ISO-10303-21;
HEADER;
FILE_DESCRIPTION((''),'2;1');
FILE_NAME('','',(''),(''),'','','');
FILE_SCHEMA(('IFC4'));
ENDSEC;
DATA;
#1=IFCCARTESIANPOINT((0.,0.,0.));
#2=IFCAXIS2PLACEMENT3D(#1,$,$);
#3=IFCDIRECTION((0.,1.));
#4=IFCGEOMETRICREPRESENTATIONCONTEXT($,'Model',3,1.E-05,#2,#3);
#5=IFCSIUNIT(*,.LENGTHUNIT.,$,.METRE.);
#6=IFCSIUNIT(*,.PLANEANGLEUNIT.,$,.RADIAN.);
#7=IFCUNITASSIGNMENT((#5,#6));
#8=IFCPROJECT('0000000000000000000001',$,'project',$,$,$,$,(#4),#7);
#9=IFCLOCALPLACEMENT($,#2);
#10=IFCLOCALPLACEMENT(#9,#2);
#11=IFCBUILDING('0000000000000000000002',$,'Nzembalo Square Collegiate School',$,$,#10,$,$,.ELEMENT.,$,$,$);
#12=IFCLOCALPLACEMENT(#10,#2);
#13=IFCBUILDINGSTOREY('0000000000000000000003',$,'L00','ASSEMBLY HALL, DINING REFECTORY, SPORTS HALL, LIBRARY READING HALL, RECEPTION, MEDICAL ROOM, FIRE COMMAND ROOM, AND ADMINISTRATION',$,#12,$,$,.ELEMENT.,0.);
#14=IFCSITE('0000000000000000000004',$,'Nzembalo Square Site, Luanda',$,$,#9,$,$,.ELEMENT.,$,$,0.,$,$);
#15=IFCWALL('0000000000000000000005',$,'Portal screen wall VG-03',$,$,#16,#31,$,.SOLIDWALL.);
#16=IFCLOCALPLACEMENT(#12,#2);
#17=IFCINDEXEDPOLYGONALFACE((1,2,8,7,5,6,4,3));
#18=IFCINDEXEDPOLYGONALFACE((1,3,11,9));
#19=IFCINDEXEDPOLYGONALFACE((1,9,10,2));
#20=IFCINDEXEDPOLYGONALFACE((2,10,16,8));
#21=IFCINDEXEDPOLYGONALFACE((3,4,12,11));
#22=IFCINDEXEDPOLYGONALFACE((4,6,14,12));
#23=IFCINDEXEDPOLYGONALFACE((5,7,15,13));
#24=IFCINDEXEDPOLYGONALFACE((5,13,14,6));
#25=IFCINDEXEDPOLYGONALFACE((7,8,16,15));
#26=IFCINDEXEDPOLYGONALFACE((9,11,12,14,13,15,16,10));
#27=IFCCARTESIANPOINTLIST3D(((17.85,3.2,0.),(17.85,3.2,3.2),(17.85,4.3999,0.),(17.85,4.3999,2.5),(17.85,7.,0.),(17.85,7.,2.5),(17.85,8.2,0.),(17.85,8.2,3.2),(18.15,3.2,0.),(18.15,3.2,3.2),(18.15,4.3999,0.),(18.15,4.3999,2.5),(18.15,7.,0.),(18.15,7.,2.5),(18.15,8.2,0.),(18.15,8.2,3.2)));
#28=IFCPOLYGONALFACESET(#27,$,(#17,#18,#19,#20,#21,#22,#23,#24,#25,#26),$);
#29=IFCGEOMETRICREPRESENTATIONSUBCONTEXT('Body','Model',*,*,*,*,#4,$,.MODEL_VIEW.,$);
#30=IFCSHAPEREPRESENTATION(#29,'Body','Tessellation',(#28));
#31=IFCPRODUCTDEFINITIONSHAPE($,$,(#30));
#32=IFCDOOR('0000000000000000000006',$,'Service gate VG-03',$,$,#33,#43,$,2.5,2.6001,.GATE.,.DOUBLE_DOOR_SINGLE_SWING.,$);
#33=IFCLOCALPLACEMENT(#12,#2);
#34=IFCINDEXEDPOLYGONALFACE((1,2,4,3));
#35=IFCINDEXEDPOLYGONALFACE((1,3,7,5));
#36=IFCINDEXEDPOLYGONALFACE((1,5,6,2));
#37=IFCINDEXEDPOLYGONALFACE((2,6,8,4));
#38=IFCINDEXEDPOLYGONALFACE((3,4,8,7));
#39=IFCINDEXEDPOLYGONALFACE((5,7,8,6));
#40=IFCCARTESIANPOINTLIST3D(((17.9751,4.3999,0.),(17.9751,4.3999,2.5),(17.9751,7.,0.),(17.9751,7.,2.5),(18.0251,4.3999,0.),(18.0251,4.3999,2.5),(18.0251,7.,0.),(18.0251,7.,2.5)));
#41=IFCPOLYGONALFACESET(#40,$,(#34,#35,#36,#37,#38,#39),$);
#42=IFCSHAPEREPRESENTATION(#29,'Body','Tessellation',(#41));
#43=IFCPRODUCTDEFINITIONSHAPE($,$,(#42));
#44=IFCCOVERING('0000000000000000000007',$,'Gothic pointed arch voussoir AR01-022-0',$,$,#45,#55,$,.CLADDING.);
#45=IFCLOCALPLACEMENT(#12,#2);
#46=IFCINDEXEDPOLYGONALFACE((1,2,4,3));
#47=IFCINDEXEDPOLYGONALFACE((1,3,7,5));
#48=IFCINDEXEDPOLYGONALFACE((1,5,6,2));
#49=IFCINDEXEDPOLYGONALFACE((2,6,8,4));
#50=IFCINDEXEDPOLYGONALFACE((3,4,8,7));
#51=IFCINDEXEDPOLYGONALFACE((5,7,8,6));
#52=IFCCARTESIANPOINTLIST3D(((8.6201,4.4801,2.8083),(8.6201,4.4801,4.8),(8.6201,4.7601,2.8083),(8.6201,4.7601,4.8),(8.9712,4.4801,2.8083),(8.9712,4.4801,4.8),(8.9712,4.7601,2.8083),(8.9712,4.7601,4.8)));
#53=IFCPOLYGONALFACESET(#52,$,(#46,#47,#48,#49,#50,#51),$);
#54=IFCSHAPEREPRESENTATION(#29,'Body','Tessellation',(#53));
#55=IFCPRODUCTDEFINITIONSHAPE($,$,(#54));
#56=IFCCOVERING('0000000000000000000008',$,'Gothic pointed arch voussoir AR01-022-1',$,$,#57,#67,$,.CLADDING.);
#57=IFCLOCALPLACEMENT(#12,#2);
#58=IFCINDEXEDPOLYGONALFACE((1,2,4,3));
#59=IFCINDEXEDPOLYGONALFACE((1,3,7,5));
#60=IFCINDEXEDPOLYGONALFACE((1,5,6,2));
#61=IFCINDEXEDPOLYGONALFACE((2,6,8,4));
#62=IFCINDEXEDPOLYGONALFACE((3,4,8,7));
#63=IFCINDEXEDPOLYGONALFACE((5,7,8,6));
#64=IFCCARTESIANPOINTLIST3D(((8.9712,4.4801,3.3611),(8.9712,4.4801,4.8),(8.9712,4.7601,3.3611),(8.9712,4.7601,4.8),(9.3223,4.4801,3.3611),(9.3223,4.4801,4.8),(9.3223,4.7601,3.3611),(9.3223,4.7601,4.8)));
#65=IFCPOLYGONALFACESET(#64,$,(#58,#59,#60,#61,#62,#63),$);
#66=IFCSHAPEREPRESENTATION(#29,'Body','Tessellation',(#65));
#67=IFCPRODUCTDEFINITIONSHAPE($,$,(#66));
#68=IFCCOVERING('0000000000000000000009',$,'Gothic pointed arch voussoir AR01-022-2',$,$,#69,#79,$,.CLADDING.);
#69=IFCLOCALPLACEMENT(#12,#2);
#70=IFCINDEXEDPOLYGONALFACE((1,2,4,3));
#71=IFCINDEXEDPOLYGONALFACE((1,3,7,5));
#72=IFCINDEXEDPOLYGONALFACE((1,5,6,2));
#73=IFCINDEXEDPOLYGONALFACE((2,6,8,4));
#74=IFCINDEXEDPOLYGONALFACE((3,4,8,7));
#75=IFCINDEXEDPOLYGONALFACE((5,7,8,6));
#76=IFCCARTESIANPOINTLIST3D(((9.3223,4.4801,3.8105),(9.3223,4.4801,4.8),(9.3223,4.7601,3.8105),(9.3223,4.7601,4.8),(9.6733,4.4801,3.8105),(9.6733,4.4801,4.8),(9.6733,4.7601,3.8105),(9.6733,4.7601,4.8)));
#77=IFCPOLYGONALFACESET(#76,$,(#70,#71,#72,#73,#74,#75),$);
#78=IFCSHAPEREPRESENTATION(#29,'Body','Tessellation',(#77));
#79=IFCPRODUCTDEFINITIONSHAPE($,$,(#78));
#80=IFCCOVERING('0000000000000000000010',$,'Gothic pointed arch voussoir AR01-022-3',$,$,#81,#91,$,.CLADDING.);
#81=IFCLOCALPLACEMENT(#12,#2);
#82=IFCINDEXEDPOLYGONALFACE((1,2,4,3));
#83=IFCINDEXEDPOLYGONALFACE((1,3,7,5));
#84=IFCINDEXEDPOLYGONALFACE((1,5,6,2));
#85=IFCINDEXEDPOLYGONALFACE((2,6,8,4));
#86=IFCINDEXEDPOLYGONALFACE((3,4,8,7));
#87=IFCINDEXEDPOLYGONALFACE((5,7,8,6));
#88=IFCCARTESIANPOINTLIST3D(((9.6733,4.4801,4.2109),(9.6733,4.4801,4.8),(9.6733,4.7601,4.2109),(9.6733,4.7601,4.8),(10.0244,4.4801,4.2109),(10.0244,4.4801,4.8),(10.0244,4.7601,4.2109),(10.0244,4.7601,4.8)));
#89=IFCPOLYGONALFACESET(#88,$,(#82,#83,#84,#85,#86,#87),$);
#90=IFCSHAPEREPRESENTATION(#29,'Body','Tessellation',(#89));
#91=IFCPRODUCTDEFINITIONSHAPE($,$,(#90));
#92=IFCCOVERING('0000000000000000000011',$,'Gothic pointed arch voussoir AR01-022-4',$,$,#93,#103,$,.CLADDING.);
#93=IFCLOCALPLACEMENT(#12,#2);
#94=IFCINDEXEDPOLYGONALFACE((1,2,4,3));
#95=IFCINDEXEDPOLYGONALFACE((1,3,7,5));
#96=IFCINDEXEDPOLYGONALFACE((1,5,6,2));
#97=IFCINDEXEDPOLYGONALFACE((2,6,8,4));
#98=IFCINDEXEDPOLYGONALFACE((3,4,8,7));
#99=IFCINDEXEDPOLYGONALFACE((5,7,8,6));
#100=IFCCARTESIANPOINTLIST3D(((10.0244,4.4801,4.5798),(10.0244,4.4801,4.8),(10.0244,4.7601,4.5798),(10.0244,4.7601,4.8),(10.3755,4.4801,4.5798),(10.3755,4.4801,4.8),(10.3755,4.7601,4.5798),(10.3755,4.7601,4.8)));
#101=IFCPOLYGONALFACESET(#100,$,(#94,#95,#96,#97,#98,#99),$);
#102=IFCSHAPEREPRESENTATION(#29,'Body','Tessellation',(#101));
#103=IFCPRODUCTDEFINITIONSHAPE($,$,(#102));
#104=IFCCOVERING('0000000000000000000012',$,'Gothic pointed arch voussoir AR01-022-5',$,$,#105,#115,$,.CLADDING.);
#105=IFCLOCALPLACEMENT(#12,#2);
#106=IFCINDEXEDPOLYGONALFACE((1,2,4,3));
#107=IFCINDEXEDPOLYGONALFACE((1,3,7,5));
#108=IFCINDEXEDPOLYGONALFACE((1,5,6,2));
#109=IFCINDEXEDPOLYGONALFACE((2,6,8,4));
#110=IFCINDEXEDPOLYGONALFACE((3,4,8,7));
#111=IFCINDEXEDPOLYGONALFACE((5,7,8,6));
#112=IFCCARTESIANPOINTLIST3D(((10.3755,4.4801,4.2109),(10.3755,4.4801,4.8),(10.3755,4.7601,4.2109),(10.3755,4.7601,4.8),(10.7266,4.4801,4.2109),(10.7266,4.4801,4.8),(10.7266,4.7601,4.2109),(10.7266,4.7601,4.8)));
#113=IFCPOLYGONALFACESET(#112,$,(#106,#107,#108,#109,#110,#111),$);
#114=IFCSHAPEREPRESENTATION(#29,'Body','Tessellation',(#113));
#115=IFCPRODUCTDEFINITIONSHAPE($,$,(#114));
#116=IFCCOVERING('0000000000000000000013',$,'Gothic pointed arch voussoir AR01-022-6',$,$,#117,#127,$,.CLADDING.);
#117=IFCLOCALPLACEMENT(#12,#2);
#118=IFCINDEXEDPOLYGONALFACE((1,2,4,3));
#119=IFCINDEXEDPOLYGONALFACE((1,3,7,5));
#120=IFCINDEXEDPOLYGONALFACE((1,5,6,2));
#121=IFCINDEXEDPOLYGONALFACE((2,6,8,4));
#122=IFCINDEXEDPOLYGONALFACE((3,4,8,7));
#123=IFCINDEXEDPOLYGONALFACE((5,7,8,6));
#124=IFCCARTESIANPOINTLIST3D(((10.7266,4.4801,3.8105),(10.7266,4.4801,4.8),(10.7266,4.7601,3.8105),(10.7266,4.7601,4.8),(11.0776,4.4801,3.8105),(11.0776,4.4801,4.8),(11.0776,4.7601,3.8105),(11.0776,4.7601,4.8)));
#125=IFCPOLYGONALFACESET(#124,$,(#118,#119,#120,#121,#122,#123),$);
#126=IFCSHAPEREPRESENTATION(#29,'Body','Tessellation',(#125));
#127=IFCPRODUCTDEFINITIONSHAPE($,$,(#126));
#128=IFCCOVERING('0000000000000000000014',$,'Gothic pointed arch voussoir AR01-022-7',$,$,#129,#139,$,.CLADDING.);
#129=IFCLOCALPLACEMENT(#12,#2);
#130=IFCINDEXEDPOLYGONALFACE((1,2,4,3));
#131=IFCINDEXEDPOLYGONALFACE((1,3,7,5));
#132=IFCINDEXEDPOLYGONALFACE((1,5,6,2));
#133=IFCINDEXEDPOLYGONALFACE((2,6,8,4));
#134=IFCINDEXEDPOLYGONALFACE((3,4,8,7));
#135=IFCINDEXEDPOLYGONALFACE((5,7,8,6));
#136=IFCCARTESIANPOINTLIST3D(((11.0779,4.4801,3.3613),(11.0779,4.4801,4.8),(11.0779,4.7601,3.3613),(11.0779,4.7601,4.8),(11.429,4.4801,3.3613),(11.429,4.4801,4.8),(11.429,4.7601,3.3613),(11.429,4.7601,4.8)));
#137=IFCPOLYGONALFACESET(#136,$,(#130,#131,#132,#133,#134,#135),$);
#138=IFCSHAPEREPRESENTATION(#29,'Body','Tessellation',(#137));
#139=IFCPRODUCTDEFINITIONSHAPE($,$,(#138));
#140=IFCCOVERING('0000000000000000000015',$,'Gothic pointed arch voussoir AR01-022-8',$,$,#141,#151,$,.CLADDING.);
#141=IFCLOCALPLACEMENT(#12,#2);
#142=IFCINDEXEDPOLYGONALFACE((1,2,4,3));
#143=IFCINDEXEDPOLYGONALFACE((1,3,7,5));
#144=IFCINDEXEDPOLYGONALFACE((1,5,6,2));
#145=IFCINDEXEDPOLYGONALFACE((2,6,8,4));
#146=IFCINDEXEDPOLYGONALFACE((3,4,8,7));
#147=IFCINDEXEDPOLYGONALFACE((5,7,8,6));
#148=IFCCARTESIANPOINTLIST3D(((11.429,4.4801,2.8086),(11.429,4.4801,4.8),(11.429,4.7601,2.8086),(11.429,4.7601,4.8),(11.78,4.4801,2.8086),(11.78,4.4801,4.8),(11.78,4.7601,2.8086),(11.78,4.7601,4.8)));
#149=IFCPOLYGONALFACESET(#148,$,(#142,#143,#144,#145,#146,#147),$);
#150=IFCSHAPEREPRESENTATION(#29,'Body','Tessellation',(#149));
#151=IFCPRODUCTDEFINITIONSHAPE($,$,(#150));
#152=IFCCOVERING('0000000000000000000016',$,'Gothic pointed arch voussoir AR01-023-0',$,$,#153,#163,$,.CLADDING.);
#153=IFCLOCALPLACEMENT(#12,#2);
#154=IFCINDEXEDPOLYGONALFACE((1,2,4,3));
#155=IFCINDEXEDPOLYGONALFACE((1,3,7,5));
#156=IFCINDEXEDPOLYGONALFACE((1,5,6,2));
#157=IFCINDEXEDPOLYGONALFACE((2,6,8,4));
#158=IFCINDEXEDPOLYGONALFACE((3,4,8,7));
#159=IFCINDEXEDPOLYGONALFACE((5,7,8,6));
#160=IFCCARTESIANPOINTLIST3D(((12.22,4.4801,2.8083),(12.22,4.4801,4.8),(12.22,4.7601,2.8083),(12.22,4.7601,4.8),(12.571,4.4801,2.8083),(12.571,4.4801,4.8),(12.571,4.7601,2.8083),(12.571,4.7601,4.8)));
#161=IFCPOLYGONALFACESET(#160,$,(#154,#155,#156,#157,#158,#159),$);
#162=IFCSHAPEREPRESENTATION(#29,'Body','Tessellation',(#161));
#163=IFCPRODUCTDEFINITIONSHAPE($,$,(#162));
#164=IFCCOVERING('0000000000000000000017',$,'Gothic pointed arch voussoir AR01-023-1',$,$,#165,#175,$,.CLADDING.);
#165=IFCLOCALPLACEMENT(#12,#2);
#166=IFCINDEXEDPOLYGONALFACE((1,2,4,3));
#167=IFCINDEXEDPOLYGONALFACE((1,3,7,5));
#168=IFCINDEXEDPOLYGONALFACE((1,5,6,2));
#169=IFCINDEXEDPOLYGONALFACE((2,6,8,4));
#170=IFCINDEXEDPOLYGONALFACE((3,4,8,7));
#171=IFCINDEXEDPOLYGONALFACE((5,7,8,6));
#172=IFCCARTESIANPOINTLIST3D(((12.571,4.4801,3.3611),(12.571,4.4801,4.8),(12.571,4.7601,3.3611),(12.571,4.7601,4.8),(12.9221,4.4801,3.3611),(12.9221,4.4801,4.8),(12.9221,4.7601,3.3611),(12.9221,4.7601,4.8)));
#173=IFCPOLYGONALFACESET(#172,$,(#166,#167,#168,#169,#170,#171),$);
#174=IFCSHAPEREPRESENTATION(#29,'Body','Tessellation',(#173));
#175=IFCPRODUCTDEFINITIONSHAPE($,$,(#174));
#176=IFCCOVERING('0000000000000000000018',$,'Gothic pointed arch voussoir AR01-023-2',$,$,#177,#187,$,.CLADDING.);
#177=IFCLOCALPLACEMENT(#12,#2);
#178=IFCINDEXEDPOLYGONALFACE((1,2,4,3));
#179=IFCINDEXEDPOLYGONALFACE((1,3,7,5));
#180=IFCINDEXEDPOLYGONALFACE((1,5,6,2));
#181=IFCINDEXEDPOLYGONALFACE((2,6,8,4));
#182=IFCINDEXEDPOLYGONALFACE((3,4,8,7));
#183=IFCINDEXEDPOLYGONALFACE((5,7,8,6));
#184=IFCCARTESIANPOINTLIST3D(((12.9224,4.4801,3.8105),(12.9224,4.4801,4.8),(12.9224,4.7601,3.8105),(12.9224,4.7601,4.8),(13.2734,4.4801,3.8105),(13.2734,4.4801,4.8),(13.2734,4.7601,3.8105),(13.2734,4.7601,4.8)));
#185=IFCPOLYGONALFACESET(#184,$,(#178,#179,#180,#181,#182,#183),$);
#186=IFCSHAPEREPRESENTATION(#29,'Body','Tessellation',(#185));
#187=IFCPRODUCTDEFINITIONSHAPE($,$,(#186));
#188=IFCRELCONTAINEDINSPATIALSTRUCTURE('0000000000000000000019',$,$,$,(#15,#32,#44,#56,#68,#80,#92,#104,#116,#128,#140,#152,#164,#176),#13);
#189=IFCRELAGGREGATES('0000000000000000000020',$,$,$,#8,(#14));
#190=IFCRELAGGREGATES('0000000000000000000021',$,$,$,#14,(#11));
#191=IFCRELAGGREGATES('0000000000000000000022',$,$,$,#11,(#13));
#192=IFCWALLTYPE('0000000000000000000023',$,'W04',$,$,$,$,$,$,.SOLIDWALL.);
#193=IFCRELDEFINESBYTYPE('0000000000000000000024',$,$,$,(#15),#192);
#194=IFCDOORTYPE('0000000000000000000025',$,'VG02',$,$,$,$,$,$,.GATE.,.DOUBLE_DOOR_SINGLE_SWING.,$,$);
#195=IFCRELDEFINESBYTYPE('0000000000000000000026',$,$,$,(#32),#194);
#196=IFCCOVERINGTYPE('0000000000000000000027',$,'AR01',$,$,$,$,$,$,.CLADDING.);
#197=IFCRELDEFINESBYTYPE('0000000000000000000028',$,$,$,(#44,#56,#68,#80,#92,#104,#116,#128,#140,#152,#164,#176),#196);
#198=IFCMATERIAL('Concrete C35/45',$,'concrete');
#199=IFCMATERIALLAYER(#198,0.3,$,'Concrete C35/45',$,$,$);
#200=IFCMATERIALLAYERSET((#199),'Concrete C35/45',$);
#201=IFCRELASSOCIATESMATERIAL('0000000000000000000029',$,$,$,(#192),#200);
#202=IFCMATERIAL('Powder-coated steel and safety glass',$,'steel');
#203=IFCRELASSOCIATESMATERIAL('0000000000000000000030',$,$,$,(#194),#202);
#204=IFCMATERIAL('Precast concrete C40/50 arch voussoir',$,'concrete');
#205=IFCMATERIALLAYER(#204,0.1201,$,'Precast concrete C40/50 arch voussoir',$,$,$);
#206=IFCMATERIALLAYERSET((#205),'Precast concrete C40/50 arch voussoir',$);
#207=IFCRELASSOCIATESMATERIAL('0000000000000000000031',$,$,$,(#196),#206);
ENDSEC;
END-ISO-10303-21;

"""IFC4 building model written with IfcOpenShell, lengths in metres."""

from ifc_helpers import new_model, si_unit, direction, frame, frame_2d, origin, origin_2d, place, context, subcontext, project, spatial, rectangle, extrude, material, layer, layer_set, type_object, element, fill, save


model = new_model("IFC4")

# Units and contexts
model_context = context("Model", 3, precision=1e-05, world=origin(), true_north=direction((0.0, 1.0)))
body_context = subcontext(model_context, "Body", "Model", "MODEL_VIEW")
ifc_project = project(units=[si_unit("LENGTHUNIT", "METRE"), si_unit("PLANEANGLEUNIT", "RADIAN")], contexts=[model_context])

# Site, building, storey
site_placement = place(None, origin())
site = spatial("IfcSite", under=ifc_project, at=site_placement, Name="Nzembalo Square Site, Luanda", CompositionType="ELEMENT", RefElevation=0.0)
building_placement = place(site_placement, origin())
building = spatial("IfcBuilding", under=site, at=building_placement, Name="Nzembalo Square Collegiate School", CompositionType="ELEMENT")
storey_placement = place(building_placement, origin())
storey = spatial("IfcBuildingStorey", under=building, at=storey_placement, Name="L00", Description="ASSEMBLY HALL, DINING REFECTORY, SPORTS HALL, LIBRARY READING HALL, RECEPTION, MEDICAL ROOM, FIRE COMMAND ROOM, AND ADMINISTRATION", CompositionType="ELEMENT", Elevation=0.0)

# Wall, opening, door
ifc_material_1 = material(Name="Concrete C35/45", Category="concrete")
ifc_layer_1 = layer(ifc_material_1, 0.3, Name="Concrete C35/45")
ifc_layer_set_1 = layer_set([ifc_layer_1], Name="Concrete C35/45")
wall_type = type_object("IfcWallType", Name="W04", PredefinedType="SOLIDWALL", material=ifc_layer_set_1)
wall_placement = place(storey_placement, frame((18.0, 3.2, 0.0), z_axis=(0.0, 0.0, 1.0), x_axis=(0.0, 1.0, 0.0)))
wall = element("IfcWall", 1, at=wall_placement, inside=storey, type_object=wall_type, Name="Portal screen wall VG-03", PredefinedType="SOLIDWALL", context=body_context, shape_type="SweptSolid", body=[
    extrude(rectangle(XDim=5.0, YDim=0.3, at=frame_2d((2.5, 0.0))), origin(), (0.0, 0.0, 1.0), 3.2),
])
opening_placement = place(wall_placement, frame((1.2, 0.0, 0.0)))
opening = element("IfcOpeningElement", 2, at=opening_placement, cuts=wall, PredefinedType="OPENING", context=body_context, shape_type="SweptSolid", body=[
    extrude(rectangle(XDim=2.6001, YDim=2.5, at=frame_2d((1.3, 1.25))), frame((0.0, 0.1602, 0.0), z_axis=(0.0, -1.0, 0.0), x_axis=(1.0, 0.0, 0.0)), (0.0, 0.0, 1.0), 0.3201),
])
ifc_material_2 = material(Name="Powder-coated steel and safety glass", Category="steel")
door_type = type_object("IfcDoorType", Name="VG02", OperationType="DOUBLE_DOOR_SINGLE_SWING", PredefinedType="GATE", material=ifc_material_2)
door_placement = place(opening_placement, origin())
door = element("IfcDoor", 3, at=door_placement, inside=storey, type_object=door_type, Name="Service gate VG-03", OperationType="DOUBLE_DOOR_SINGLE_SWING", OverallHeight=2.5, OverallWidth=2.6001, PredefinedType="GATE", context=body_context, shape_type="SweptSolid", body=[
    extrude(rectangle(XDim=2.6001, YDim=2.5, at=frame_2d((1.3, 1.25))), frame((0.0, 0.0249, 0.0), z_axis=(0.0, -1.0, 0.0), x_axis=(1.0, 0.0, 0.0)), (0.0, 0.0, 1.0), 0.05),
])
fill(opening, door)

# Coverings
ifc_material_3 = material(Name="Precast concrete C40/50 arch voussoir", Category="concrete")
ifc_layer_2 = layer(ifc_material_3, 0.1201, Name="Precast concrete C40/50 arch voussoir")
ifc_layer_set_2 = layer_set([ifc_layer_2], Name="Precast concrete C40/50 arch voussoir")
covering_type = type_object("IfcCoveringType", Name="AR01", PredefinedType="CLADDING", material=ifc_layer_set_2)
covering_1_placement = place(storey_placement, frame((8.7957, 4.6201, 2.8083), z_axis=(0.0, 0.0, 1.0), x_axis=(1.0, 0.0, 0.0)))
element("IfcCovering", 4, at=covering_1_placement, inside=storey, type_object=covering_type, Name="Gothic pointed arch voussoir AR01-022-0", PredefinedType="CLADDING", context=body_context, shape_type="SweptSolid", body=[
    extrude(rectangle(XDim=0.3511, YDim=0.28, at=origin_2d()), origin(), (0.0, 0.0, 1.0), 1.9917),
])
covering_2_placement = place(storey_placement, frame((9.1467, 4.6201, 3.3611), z_axis=(0.0, 0.0, 1.0), x_axis=(1.0, 0.0, 0.0)))
element("IfcCovering", 5, at=covering_2_placement, inside=storey, type_object=covering_type, Name="Gothic pointed arch voussoir AR01-022-1", PredefinedType="CLADDING", context=body_context, shape_type="SweptSolid", body=[
    extrude(rectangle(XDim=0.3511, YDim=0.28, at=origin_2d()), origin(), (0.0, 0.0, 1.0), 1.439),
])
covering_3_placement = place(storey_placement, frame((9.4978, 4.6201, 3.8105), z_axis=(0.0, 0.0, 1.0), x_axis=(1.0, 0.0, 0.0)))
element("IfcCovering", 6, at=covering_3_placement, inside=storey, type_object=covering_type, Name="Gothic pointed arch voussoir AR01-022-2", PredefinedType="CLADDING", context=body_context, shape_type="SweptSolid", body=[
    extrude(rectangle(XDim=0.3511, YDim=0.28, at=origin_2d()), origin(), (0.0, 0.0, 1.0), 0.9895),
])
covering_4_placement = place(storey_placement, frame((9.8489, 4.6201, 4.2109), z_axis=(0.0, 0.0, 1.0), x_axis=(1.0, 0.0, 0.0)))
element("IfcCovering", 7, at=covering_4_placement, inside=storey, type_object=covering_type, Name="Gothic pointed arch voussoir AR01-022-3", PredefinedType="CLADDING", context=body_context, shape_type="SweptSolid", body=[
    extrude(rectangle(XDim=0.3511, YDim=0.28, at=origin_2d()), origin(), (0.0, 0.0, 1.0), 0.5891),
])
covering_5_placement = place(storey_placement, frame((10.2, 4.6201, 4.5798), z_axis=(0.0, 0.0, 1.0), x_axis=(1.0, 0.0, 0.0)))
element("IfcCovering", 8, at=covering_5_placement, inside=storey, type_object=covering_type, Name="Gothic pointed arch voussoir AR01-022-4", PredefinedType="CLADDING", context=body_context, shape_type="SweptSolid", body=[
    extrude(rectangle(XDim=0.3511, YDim=0.28, at=origin_2d()), origin(), (0.0, 0.0, 1.0), 0.2202),
])
covering_6_placement = place(storey_placement, frame((10.551, 4.6201, 4.2109), z_axis=(0.0, 0.0, 1.0), x_axis=(1.0, 0.0, 0.0)))
element("IfcCovering", 9, at=covering_6_placement, inside=storey, type_object=covering_type, Name="Gothic pointed arch voussoir AR01-022-5", PredefinedType="CLADDING", context=body_context, shape_type="SweptSolid", body=[
    extrude(rectangle(XDim=0.3511, YDim=0.28, at=origin_2d()), origin(), (0.0, 0.0, 1.0), 0.5891),
])
covering_7_placement = place(storey_placement, frame((10.9021, 4.6201, 3.8105), z_axis=(0.0, 0.0, 1.0), x_axis=(1.0, 0.0, 0.0)))
element("IfcCovering", 10, at=covering_7_placement, inside=storey, type_object=covering_type, Name="Gothic pointed arch voussoir AR01-022-6", PredefinedType="CLADDING", context=body_context, shape_type="SweptSolid", body=[
    extrude(rectangle(XDim=0.3511, YDim=0.28, at=origin_2d()), origin(), (0.0, 0.0, 1.0), 0.9895),
])
covering_8_placement = place(storey_placement, frame((11.2534, 4.6201, 3.3613), z_axis=(0.0, 0.0, 1.0), x_axis=(1.0, 0.0, 0.0)))
element("IfcCovering", 11, at=covering_8_placement, inside=storey, type_object=covering_type, Name="Gothic pointed arch voussoir AR01-022-7", PredefinedType="CLADDING", context=body_context, shape_type="SweptSolid", body=[
    extrude(rectangle(XDim=0.3511, YDim=0.28, at=origin_2d()), origin(), (0.0, 0.0, 1.0), 1.4387),
])
covering_9_placement = place(storey_placement, frame((11.6045, 4.6201, 2.8086), z_axis=(0.0, 0.0, 1.0), x_axis=(1.0, 0.0, 0.0)))
element("IfcCovering", 12, at=covering_9_placement, inside=storey, type_object=covering_type, Name="Gothic pointed arch voussoir AR01-022-8", PredefinedType="CLADDING", context=body_context, shape_type="SweptSolid", body=[
    extrude(rectangle(XDim=0.3511, YDim=0.28, at=origin_2d()), origin(), (0.0, 0.0, 1.0), 1.9915),
])
covering_10_placement = place(storey_placement, frame((12.3955, 4.6201, 2.8083), z_axis=(0.0, 0.0, 1.0), x_axis=(1.0, 0.0, 0.0)))
element("IfcCovering", 13, at=covering_10_placement, inside=storey, type_object=covering_type, Name="Gothic pointed arch voussoir AR01-023-0", PredefinedType="CLADDING", context=body_context, shape_type="SweptSolid", body=[
    extrude(rectangle(XDim=0.3511, YDim=0.28, at=origin_2d()), origin(), (0.0, 0.0, 1.0), 1.9917),
])
covering_11_placement = place(storey_placement, frame((12.7466, 4.6201, 3.3611), z_axis=(0.0, 0.0, 1.0), x_axis=(1.0, 0.0, 0.0)))
element("IfcCovering", 14, at=covering_11_placement, inside=storey, type_object=covering_type, Name="Gothic pointed arch voussoir AR01-023-1", PredefinedType="CLADDING", context=body_context, shape_type="SweptSolid", body=[
    extrude(rectangle(XDim=0.3511, YDim=0.28, at=origin_2d()), origin(), (0.0, 0.0, 1.0), 1.439),
])
covering_12_placement = place(storey_placement, frame((13.0979, 4.6201, 3.8105), z_axis=(0.0, 0.0, 1.0), x_axis=(1.0, 0.0, 0.0)))
element("IfcCovering", 15, at=covering_12_placement, inside=storey, type_object=covering_type, Name="Gothic pointed arch voussoir AR01-023-2", PredefinedType="CLADDING", context=body_context, shape_type="SweptSolid", body=[
    extrude(rectangle(XDim=0.3511, YDim=0.28, at=origin_2d()), origin(), (0.0, 0.0, 1.0), 0.9895),
])

save(model, "model.ifc")
